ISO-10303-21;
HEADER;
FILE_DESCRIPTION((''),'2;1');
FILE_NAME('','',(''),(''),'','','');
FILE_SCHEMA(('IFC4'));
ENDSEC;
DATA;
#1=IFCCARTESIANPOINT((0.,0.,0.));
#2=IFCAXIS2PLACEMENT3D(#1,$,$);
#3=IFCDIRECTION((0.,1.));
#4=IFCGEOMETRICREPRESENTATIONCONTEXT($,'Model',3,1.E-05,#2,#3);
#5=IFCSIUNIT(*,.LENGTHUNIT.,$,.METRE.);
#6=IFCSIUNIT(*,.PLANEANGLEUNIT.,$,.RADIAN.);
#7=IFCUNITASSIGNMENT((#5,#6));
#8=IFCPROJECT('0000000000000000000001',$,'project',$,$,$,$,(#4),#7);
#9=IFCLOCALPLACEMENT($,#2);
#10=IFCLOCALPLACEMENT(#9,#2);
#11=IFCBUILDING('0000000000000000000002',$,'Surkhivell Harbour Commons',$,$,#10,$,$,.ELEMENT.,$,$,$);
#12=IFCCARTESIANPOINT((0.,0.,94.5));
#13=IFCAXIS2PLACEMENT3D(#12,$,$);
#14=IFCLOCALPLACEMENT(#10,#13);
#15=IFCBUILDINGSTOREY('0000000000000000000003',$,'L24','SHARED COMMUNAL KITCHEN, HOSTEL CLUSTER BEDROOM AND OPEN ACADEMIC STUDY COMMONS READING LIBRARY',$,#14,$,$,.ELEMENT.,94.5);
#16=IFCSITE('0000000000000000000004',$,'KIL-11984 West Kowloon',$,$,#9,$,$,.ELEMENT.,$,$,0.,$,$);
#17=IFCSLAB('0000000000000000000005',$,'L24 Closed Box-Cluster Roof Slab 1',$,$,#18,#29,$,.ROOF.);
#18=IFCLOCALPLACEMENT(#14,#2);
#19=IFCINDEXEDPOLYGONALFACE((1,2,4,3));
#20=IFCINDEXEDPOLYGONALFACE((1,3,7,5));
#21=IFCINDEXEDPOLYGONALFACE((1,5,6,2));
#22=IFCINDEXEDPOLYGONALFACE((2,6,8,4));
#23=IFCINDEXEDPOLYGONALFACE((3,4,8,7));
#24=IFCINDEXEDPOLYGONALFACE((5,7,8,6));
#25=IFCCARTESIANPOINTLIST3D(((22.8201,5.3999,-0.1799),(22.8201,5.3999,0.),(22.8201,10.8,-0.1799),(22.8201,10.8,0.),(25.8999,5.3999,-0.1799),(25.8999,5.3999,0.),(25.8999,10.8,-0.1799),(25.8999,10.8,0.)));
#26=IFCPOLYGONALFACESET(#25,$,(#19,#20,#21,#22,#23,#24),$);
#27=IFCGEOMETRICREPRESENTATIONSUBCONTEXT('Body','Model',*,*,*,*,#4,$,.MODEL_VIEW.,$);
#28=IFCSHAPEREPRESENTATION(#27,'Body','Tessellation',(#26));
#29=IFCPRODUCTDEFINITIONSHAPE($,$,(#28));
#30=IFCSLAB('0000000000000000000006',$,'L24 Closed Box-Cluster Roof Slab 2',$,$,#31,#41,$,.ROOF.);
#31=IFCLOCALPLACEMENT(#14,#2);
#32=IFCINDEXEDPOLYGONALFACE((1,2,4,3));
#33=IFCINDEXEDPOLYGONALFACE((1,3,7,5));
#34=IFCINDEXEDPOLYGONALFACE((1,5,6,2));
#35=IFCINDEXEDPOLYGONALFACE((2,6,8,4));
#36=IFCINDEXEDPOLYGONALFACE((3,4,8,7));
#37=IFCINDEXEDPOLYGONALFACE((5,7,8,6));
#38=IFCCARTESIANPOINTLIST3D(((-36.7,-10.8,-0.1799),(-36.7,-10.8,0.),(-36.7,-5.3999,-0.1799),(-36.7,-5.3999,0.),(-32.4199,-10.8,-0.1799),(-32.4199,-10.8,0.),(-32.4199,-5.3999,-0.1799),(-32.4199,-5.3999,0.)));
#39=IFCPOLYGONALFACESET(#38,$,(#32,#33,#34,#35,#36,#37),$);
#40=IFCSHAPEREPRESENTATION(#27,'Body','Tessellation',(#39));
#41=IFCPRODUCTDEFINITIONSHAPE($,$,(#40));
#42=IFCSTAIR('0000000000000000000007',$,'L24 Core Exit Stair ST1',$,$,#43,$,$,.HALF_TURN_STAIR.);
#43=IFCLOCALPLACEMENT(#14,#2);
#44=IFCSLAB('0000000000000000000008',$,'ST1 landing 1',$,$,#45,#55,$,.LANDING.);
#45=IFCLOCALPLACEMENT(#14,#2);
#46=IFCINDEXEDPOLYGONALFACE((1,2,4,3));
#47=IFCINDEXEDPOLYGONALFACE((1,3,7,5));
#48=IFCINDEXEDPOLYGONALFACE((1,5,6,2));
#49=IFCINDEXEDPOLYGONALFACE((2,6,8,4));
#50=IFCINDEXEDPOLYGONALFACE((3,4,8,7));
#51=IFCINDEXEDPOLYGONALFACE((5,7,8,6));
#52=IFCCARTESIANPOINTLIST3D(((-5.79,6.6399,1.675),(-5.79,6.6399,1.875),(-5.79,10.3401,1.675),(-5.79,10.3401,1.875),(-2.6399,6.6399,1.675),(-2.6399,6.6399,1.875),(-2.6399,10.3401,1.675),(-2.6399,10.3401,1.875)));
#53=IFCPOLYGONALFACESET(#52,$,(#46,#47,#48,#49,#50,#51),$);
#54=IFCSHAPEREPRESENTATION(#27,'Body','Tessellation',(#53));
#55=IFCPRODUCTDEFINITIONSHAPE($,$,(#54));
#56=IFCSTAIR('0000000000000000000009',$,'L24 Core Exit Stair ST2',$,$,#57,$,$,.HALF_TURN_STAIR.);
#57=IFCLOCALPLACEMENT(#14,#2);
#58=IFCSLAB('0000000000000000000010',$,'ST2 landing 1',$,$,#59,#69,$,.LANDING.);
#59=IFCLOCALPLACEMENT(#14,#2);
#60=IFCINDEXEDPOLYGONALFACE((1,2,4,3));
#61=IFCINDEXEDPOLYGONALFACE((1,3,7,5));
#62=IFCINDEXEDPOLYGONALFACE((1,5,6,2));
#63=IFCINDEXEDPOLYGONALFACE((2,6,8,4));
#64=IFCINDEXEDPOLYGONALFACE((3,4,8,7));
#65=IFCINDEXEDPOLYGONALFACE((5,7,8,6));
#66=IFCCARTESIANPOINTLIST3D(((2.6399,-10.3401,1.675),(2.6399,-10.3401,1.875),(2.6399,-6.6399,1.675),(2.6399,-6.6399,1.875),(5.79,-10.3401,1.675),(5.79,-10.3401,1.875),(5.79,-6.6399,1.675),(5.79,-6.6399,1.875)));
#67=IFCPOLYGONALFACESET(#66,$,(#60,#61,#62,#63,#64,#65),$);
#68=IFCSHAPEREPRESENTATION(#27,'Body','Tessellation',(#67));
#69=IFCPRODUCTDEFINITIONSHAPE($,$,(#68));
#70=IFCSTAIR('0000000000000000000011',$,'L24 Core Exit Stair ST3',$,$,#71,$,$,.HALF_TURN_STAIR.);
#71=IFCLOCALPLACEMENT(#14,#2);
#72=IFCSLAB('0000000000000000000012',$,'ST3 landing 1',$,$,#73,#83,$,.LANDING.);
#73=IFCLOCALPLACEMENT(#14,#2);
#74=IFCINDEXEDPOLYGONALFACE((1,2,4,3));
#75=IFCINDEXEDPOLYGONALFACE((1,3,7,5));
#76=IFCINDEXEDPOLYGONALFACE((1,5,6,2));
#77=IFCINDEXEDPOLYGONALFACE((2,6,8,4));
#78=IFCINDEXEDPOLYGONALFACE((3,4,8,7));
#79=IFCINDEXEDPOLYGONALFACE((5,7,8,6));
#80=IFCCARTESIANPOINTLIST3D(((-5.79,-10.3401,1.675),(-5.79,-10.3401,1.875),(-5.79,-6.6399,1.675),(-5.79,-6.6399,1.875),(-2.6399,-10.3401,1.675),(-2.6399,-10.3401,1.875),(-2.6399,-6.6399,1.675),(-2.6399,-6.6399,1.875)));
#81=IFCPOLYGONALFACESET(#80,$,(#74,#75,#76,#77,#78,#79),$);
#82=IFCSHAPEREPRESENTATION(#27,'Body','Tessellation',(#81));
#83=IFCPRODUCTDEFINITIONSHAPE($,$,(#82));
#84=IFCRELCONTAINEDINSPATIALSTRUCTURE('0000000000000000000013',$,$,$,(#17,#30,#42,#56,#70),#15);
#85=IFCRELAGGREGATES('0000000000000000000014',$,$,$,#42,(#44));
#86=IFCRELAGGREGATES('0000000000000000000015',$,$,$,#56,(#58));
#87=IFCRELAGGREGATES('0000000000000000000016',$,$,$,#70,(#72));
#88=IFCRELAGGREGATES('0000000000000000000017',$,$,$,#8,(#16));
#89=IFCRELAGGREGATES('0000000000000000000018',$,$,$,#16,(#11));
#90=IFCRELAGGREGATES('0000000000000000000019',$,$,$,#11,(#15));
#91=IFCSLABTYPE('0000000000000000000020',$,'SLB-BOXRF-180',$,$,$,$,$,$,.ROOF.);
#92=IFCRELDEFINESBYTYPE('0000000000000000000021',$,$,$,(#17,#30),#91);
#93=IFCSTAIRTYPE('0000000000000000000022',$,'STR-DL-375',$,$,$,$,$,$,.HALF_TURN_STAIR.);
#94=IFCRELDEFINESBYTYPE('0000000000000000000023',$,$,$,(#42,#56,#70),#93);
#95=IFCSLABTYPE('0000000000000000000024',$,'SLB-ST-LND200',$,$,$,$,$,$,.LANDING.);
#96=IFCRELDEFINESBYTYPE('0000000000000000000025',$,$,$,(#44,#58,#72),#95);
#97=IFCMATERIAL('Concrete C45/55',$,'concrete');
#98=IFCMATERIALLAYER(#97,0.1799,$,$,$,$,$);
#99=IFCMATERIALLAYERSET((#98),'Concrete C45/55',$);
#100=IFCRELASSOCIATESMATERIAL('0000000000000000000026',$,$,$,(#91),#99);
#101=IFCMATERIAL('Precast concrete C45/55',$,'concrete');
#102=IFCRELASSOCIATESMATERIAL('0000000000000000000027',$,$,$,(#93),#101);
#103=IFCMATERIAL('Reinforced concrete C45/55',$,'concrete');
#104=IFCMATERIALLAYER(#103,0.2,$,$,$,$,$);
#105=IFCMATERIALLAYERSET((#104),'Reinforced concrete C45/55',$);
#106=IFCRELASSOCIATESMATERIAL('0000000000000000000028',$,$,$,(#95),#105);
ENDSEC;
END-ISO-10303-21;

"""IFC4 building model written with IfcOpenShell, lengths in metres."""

from ifc_helpers import new_model, si_unit, direction, frame, origin, place, context, subcontext, project, spatial, polyline, outline, extrude, material, layer, layer_set, type_object, element, aggregate, save


model = new_model("IFC4")

# Units and contexts
model_context = context("Model", 3, precision=1e-05, world=origin(), true_north=direction((0.0, 1.0)))
body_context = subcontext(model_context, "Body", "Model", "MODEL_VIEW")
ifc_project = project(units=[si_unit("LENGTHUNIT", "METRE"), si_unit("PLANEANGLEUNIT", "RADIAN")], contexts=[model_context])

# Site, building, storey
site_placement = place(None, origin())
site = spatial("IfcSite", under=ifc_project, at=site_placement, Name="KIL-11984 West Kowloon", CompositionType="ELEMENT", RefElevation=0.0)
building_placement = place(site_placement, origin())
building = spatial("IfcBuilding", under=site, at=building_placement, Name="Surkhivell Harbour Commons", CompositionType="ELEMENT")
storey_placement = place(building_placement, frame((0.0, 0.0, 94.5)))
storey = spatial("IfcBuildingStorey", under=building, at=storey_placement, Name="L24", Description="SHARED COMMUNAL KITCHEN, HOSTEL CLUSTER BEDROOM AND OPEN ACADEMIC STUDY COMMONS READING LIBRARY", CompositionType="ELEMENT", Elevation=94.5)

# Slabs
ifc_material_1 = material(Name="Concrete C45/55", Category="concrete")
ifc_layer_1 = layer(ifc_material_1, 0.1799)
ifc_layer_set_1 = layer_set([ifc_layer_1], Name="Concrete C45/55")
slab_type_1 = type_object("IfcSlabType", Name="SLB-BOXRF-180", PredefinedType="ROOF", material=ifc_layer_set_1)
slab_1_placement = place(storey_placement, frame((0.0, 0.0, -0.1799)))
element("IfcSlab", 1, at=slab_1_placement, inside=storey, type_object=slab_type_1, Name="L24 Closed Box-Cluster Roof Slab 1", PredefinedType="ROOF", context=body_context, shape_type="SweptSolid", body=[
    extrude(outline(polyline([(25.8999, 10.8), (22.8201, 10.8), (22.8201, 5.3999), (25.8999, 5.3999), (25.8999, 10.8)])), origin(), (0.0, 0.0, 1.0), 0.1799),
])
slab_2_placement = place(storey_placement, frame((0.0, 0.0, -0.1799)))
element("IfcSlab", 2, at=slab_2_placement, inside=storey, type_object=slab_type_1, Name="L24 Closed Box-Cluster Roof Slab 2", PredefinedType="ROOF", context=body_context, shape_type="SweptSolid", body=[
    extrude(outline(polyline([(-36.7, -10.8), (-32.4199, -10.8), (-32.4199, -5.3999), (-36.7, -5.3999), (-36.7, -10.8)])), origin(), (0.0, 0.0, 1.0), 0.1799),
])

# Stairs, slabs
ifc_material_2 = material(Name="Precast concrete C45/55", Category="concrete")
stair_type = type_object("IfcStairType", Name="STR-DL-375", PredefinedType="HALF_TURN_STAIR", material=ifc_material_2)
stair_1_placement = place(storey_placement, origin())
stair_1 = element("IfcStair", 3, at=stair_1_placement, inside=storey, type_object=stair_type, Name="L24 Core Exit Stair ST1", PredefinedType="HALF_TURN_STAIR")
ifc_material_3 = material(Name="Reinforced concrete C45/55", Category="concrete")
ifc_layer_2 = layer(ifc_material_3, 0.2)
ifc_layer_set_2 = layer_set([ifc_layer_2], Name="Reinforced concrete C45/55")
slab_type_2 = type_object("IfcSlabType", Name="SLB-ST-LND200", PredefinedType="LANDING", material=ifc_layer_set_2)
slab_3_placement = place(storey_placement, frame((0.0, 0.0, 1.675)))
slab_3 = element("IfcSlab", 4, at=slab_3_placement, type_object=slab_type_2, Name="ST1 landing 1", PredefinedType="LANDING", context=body_context, shape_type="SweptSolid", body=[
    extrude(outline(polyline([(-5.79, 6.6399), (-2.6399, 6.6399), (-2.6399, 10.3401), (-5.79, 10.3401), (-5.79, 6.6399)])), origin(), (0.0, 0.0, 1.0), 0.2),
])
aggregate(stair_1, [slab_3])
stair_2_placement = place(storey_placement, origin())
stair_2 = element("IfcStair", 5, at=stair_2_placement, inside=storey, type_object=stair_type, Name="L24 Core Exit Stair ST2", PredefinedType="HALF_TURN_STAIR")
slab_4_placement = place(storey_placement, frame((0.0, 0.0, 1.675)))
slab_4 = element("IfcSlab", 6, at=slab_4_placement, type_object=slab_type_2, Name="ST2 landing 1", PredefinedType="LANDING", context=body_context, shape_type="SweptSolid", body=[
    extrude(outline(polyline([(5.79, -6.6399), (2.6399, -6.6399), (2.6399, -10.3401), (5.79, -10.3401), (5.79, -6.6399)])), origin(), (0.0, 0.0, 1.0), 0.2),
])
aggregate(stair_2, [slab_4])
stair_3_placement = place(storey_placement, origin())
stair_3 = element("IfcStair", 7, at=stair_3_placement, inside=storey, type_object=stair_type, Name="L24 Core Exit Stair ST3", PredefinedType="HALF_TURN_STAIR")
slab_5_placement = place(storey_placement, frame((0.0, 0.0, 1.675)))
slab_5 = element("IfcSlab", 8, at=slab_5_placement, type_object=slab_type_2, Name="ST3 landing 1", PredefinedType="LANDING", context=body_context, shape_type="SweptSolid", body=[
    extrude(outline(polyline([(-5.79, -10.3401), (-2.6399, -10.3401), (-2.6399, -6.6399), (-5.79, -6.6399), (-5.79, -10.3401)])), origin(), (0.0, 0.0, 1.0), 0.2),
])
aggregate(stair_3, [slab_5])

save(model, "model.ifc")
